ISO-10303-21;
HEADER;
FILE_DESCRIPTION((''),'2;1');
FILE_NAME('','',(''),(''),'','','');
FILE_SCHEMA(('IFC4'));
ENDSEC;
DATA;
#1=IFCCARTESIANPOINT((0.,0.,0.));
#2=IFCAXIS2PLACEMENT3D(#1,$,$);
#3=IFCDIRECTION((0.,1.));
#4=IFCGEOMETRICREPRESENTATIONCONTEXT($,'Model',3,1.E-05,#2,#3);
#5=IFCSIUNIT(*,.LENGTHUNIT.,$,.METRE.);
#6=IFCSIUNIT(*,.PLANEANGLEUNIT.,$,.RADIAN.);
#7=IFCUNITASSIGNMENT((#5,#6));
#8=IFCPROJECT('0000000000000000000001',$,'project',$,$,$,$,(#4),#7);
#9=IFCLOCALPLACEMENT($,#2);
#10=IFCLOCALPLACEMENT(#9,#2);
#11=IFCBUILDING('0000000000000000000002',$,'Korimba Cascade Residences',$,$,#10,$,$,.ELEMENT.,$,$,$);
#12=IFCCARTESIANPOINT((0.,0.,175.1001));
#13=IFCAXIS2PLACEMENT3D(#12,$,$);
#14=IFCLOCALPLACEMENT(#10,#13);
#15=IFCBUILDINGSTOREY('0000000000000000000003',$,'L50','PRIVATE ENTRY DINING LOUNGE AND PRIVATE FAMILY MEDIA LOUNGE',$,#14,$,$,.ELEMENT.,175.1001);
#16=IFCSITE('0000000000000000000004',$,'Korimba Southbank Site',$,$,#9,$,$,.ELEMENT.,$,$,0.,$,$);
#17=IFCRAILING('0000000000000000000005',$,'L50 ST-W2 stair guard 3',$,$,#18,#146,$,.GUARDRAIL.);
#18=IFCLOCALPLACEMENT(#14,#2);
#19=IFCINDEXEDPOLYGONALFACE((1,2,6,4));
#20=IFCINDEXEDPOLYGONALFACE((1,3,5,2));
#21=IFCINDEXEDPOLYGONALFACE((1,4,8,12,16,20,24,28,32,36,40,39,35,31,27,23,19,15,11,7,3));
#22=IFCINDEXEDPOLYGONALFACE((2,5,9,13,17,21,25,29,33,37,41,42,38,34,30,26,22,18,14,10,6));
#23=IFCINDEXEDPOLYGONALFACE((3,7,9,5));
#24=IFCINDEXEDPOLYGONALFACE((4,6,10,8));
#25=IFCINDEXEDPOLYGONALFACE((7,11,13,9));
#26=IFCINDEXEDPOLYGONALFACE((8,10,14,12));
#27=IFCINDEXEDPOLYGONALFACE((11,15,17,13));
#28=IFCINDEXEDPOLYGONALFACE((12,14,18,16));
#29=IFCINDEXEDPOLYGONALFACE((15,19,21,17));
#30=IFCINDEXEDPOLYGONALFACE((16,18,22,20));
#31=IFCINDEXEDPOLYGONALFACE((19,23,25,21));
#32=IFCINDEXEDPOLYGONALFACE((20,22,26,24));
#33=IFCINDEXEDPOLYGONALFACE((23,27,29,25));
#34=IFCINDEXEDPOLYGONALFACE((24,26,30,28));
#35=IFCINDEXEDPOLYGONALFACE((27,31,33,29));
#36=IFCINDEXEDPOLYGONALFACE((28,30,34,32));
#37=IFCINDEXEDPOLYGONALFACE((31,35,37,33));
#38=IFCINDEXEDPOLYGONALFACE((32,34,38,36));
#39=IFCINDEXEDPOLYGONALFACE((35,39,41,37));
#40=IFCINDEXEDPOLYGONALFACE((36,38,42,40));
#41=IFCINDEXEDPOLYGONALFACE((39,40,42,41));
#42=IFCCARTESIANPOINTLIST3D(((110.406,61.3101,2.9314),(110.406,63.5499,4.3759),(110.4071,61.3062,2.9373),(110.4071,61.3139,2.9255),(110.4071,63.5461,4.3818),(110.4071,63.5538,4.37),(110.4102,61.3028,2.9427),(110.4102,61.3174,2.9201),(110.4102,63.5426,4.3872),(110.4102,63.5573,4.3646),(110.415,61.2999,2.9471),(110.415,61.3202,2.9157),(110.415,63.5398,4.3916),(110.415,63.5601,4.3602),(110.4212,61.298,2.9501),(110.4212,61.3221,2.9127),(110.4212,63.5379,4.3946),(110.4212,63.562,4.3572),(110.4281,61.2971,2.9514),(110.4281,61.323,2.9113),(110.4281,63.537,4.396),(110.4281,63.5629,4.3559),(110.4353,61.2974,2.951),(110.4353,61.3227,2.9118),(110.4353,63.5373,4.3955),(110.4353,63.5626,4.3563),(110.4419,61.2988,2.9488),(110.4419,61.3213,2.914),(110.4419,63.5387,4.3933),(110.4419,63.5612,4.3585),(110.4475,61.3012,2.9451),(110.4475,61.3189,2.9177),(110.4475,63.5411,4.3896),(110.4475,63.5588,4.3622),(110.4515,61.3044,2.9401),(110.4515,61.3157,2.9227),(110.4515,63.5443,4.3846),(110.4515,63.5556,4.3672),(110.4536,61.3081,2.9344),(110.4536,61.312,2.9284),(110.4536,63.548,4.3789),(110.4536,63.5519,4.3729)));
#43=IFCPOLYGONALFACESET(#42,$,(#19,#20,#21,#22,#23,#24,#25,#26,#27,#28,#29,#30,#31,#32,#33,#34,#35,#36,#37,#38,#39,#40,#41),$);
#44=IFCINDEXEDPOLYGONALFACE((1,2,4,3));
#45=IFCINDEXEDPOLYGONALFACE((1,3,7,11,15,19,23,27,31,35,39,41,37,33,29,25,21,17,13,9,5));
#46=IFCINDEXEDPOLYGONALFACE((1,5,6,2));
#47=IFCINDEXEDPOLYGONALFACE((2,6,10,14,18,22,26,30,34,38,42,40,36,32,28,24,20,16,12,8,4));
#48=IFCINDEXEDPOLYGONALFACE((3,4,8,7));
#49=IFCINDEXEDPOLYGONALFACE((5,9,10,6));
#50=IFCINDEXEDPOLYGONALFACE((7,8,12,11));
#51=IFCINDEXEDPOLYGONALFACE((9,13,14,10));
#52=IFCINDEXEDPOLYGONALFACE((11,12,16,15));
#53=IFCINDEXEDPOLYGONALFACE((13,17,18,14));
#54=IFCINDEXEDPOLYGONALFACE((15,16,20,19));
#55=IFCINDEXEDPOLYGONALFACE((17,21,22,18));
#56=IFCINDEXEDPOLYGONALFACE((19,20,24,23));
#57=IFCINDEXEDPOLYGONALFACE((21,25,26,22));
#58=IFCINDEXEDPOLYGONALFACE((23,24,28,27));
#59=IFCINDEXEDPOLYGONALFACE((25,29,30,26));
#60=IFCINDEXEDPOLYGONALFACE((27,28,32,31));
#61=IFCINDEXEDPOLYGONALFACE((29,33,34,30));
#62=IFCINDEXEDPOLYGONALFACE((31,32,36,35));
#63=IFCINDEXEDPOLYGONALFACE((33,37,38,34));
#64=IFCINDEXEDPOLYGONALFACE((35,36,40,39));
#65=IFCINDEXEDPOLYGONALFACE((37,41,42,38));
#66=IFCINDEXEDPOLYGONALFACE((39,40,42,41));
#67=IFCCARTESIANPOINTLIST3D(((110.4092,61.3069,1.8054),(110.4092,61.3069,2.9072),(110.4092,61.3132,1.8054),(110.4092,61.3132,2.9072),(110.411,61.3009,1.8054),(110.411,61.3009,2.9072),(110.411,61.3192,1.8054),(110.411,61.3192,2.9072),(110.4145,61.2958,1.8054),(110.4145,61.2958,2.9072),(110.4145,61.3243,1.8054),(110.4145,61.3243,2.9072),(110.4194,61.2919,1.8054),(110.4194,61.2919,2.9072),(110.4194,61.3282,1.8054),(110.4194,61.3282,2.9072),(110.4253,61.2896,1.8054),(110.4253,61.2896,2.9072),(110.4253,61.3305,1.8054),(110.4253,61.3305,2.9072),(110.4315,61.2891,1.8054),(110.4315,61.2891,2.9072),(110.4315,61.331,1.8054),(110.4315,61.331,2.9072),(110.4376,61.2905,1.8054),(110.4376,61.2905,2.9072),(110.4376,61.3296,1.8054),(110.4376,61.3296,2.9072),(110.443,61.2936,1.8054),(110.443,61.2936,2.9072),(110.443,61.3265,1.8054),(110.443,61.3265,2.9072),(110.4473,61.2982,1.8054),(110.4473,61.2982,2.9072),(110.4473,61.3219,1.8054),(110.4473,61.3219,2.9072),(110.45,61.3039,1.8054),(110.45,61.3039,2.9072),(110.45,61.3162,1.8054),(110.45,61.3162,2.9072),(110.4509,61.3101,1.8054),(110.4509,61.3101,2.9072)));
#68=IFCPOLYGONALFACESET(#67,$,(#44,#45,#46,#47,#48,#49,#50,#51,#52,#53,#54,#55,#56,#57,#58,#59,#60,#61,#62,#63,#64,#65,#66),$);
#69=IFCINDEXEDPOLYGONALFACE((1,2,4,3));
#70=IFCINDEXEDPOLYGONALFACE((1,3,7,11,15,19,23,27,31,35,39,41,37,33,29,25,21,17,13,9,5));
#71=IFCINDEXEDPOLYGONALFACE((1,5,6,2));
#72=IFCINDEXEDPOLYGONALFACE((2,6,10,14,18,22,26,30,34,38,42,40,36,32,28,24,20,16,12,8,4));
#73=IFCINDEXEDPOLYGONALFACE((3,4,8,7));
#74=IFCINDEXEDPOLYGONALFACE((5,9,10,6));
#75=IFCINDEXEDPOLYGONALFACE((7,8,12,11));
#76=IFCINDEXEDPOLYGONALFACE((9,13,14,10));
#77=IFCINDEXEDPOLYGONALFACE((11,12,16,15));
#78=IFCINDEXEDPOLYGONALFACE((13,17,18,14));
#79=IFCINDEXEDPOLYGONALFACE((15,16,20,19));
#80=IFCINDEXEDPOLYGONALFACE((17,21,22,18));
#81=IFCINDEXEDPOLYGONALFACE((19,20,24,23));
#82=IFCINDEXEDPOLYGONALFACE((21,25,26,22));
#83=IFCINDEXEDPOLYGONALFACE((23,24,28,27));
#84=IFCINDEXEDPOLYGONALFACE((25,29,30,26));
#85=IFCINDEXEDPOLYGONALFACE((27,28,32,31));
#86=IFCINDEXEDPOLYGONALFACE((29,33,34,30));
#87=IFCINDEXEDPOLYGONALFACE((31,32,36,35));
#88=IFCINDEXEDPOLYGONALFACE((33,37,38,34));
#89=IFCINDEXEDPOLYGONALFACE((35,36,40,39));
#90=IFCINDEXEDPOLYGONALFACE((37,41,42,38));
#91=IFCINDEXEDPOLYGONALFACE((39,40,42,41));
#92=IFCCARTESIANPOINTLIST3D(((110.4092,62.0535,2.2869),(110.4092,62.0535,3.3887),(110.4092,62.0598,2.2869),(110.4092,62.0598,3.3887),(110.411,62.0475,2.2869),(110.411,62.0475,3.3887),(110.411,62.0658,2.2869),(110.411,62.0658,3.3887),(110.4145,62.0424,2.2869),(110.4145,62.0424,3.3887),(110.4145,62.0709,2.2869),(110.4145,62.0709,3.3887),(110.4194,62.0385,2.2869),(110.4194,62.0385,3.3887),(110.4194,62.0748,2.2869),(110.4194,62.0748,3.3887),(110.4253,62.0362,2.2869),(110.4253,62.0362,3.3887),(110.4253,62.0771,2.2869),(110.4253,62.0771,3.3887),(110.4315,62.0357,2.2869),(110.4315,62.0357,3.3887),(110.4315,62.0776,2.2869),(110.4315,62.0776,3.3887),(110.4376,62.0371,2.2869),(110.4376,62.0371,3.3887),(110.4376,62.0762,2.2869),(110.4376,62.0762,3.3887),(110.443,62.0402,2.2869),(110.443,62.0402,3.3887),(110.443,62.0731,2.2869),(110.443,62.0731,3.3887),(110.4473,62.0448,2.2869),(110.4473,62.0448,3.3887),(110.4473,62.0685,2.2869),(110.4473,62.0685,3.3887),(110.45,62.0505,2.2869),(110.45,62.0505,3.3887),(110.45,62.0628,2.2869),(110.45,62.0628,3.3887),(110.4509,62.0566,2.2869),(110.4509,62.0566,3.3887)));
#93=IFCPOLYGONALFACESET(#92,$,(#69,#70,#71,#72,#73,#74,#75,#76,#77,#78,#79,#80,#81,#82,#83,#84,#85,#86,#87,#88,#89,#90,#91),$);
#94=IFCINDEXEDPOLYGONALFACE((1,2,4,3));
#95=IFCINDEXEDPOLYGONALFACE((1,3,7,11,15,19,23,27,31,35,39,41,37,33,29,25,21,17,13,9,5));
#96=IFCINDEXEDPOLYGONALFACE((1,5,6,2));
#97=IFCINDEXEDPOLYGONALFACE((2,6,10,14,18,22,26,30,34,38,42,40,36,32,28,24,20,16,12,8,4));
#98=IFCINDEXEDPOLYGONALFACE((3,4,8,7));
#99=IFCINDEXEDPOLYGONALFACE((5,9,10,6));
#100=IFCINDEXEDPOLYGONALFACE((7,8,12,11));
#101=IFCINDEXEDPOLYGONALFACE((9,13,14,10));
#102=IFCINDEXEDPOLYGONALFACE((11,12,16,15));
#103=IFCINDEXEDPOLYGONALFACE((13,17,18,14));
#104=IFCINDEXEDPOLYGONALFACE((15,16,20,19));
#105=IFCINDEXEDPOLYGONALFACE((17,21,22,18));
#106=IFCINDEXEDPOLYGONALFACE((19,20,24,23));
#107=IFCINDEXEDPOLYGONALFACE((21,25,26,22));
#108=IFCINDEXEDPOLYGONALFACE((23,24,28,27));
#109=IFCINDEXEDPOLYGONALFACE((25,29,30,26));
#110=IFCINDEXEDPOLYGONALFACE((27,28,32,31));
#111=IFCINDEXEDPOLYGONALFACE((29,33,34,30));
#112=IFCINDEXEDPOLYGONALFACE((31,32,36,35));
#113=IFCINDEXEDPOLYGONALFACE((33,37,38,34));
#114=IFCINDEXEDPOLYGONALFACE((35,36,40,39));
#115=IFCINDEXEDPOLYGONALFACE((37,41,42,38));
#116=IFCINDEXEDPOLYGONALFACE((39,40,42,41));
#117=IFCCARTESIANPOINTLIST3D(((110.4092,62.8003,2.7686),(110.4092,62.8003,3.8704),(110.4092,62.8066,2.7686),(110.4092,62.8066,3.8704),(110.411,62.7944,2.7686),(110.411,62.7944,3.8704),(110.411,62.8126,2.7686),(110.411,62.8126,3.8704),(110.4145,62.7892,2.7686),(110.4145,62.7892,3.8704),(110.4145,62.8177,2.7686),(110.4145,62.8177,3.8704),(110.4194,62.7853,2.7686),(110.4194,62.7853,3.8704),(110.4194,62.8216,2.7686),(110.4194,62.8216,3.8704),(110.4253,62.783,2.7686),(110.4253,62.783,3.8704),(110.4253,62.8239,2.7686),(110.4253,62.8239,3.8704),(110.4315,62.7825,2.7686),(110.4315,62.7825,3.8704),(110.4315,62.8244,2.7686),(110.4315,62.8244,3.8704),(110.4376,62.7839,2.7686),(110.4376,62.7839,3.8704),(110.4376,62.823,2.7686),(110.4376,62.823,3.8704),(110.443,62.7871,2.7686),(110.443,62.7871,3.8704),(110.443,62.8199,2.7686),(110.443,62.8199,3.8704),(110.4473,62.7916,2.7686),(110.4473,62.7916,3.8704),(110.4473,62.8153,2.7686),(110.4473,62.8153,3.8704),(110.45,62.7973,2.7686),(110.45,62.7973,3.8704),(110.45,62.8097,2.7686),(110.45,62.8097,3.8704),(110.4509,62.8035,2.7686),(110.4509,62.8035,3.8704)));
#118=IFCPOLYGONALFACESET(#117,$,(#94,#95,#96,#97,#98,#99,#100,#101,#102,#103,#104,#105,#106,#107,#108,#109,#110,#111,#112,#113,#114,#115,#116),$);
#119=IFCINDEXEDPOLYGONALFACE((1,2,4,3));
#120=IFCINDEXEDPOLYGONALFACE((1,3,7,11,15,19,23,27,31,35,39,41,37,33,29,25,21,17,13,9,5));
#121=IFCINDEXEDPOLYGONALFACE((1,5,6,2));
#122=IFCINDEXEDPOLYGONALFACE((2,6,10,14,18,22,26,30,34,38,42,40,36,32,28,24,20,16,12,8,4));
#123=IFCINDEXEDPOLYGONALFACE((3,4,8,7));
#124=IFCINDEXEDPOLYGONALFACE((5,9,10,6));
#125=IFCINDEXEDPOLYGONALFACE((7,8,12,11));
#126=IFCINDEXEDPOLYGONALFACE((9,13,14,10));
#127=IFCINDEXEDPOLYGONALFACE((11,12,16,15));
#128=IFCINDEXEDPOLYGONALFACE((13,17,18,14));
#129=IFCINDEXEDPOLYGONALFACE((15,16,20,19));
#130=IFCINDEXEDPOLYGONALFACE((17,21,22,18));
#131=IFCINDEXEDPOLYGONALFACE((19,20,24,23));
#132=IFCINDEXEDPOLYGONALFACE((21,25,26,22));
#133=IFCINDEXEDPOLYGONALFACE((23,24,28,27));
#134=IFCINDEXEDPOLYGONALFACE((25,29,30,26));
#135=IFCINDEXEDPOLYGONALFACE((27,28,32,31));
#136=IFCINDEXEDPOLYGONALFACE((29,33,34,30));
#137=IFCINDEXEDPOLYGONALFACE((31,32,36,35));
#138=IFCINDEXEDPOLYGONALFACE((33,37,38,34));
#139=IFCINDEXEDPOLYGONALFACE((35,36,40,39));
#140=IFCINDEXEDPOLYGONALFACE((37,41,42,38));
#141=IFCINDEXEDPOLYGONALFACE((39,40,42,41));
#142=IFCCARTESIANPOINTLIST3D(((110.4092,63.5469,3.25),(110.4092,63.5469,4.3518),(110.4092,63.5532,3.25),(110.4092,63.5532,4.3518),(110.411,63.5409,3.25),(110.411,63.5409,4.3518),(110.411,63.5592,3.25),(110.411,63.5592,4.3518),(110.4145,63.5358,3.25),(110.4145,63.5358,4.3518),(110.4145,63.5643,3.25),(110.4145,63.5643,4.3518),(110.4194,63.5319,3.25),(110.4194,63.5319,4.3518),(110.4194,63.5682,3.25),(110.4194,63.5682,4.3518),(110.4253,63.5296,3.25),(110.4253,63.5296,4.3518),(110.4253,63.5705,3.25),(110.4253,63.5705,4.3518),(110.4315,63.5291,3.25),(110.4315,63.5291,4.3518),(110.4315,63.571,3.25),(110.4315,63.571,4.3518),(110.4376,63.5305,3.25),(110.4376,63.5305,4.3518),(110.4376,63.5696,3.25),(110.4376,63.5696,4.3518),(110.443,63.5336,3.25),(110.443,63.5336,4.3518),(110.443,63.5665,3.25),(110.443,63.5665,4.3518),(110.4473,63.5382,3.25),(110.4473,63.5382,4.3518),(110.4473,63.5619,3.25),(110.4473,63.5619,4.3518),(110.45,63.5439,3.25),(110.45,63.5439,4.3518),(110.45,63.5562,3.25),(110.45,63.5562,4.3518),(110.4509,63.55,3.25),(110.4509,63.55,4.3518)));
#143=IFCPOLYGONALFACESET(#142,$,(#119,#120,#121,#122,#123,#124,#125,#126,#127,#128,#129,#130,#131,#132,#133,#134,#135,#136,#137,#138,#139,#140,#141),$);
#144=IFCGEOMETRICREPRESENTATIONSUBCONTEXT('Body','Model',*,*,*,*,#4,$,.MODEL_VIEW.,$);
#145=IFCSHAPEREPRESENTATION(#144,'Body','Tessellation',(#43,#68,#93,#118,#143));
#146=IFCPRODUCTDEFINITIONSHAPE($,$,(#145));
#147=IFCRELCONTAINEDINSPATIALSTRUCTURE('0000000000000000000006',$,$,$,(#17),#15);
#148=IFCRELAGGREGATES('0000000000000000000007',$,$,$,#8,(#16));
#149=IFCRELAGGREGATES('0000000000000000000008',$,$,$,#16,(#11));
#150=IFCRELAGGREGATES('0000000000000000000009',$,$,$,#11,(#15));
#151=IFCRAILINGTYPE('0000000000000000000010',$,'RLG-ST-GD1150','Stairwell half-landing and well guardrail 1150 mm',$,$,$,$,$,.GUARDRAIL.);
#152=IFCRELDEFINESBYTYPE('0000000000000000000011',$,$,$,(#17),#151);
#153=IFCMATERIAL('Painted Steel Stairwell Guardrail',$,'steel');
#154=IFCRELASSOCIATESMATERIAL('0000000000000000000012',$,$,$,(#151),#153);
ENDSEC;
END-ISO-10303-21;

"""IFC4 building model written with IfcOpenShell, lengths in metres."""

from ifc_helpers import new_model, si_unit, direction, frame, origin, origin_2d, place, context, subcontext, project, spatial, circle, extrude, material, type_object, element, save


model = new_model("IFC4")

# Units and contexts
model_context = context("Model", 3, precision=1e-05, world=origin(), true_north=direction((0.0, 1.0)))
body_context = subcontext(model_context, "Body", "Model", "MODEL_VIEW")
ifc_project = project(units=[si_unit("LENGTHUNIT", "METRE"), si_unit("PLANEANGLEUNIT", "RADIAN")], contexts=[model_context])

# Site, building, storey
site_placement = place(None, origin())
site = spatial("IfcSite", under=ifc_project, at=site_placement, Name="Korimba Southbank Site", CompositionType="ELEMENT", RefElevation=0.0)
building_placement = place(site_placement, origin())
building = spatial("IfcBuilding", under=site, at=building_placement, Name="Korimba Cascade Residences", CompositionType="ELEMENT")
storey_placement = place(building_placement, frame((0.0, 0.0, 175.1001)))
storey = spatial("IfcBuildingStorey", under=building, at=storey_placement, Name="L50", Description="PRIVATE ENTRY DINING LOUNGE AND PRIVATE FAMILY MEDIA LOUNGE", CompositionType="ELEMENT", Elevation=175.1001)

# Railing
ifc_material_1 = material(Name="Painted Steel Stairwell Guardrail", Category="steel")
railing_type_1 = type_object("IfcRailingType", Name="RLG-ST-GD1150", Description="Stairwell half-landing and well guardrail 1150 mm", PredefinedType="GUARDRAIL", material=ifc_material_1)
railing_1_placement = place(storey_placement, frame((110.4299, 61.3101, 1.8054)))
element("IfcRailing", 1, at=railing_1_placement, inside=storey, type_object=railing_type_1, Name="L50 ST-W2 stair guard 3", PredefinedType="GUARDRAIL", context=body_context, shape_type="SweptSolid", body=[
    extrude(circle(Radius=0.0239, at=origin_2d()), frame((0.0, 0.0, 1.126), z_axis=(0.0, 0.840395, 0.541975), x_axis=(-1.0, 0.0, 0.0)), (0.0, 0.0, 1.0), 2.6653),
    extrude(circle(Radius=0.021, at=origin_2d()), origin(), (0.0, 0.0, 1.0), 1.1018),
    extrude(circle(Radius=0.021, at=origin_2d()), frame((0.0, 0.7466, 0.4814)), (0.0, 0.0, 1.0), 1.1018),
    extrude(circle(Radius=0.021, at=origin_2d()), frame((0.0, 1.4934, 0.9631)), (0.0, 0.0, 1.0), 1.1018),
    extrude(circle(Radius=0.021, at=origin_2d()), frame((0.0, 2.24, 1.4446)), (0.0, 0.0, 1.0), 1.1018),
])

save(model, "model.ifc")
